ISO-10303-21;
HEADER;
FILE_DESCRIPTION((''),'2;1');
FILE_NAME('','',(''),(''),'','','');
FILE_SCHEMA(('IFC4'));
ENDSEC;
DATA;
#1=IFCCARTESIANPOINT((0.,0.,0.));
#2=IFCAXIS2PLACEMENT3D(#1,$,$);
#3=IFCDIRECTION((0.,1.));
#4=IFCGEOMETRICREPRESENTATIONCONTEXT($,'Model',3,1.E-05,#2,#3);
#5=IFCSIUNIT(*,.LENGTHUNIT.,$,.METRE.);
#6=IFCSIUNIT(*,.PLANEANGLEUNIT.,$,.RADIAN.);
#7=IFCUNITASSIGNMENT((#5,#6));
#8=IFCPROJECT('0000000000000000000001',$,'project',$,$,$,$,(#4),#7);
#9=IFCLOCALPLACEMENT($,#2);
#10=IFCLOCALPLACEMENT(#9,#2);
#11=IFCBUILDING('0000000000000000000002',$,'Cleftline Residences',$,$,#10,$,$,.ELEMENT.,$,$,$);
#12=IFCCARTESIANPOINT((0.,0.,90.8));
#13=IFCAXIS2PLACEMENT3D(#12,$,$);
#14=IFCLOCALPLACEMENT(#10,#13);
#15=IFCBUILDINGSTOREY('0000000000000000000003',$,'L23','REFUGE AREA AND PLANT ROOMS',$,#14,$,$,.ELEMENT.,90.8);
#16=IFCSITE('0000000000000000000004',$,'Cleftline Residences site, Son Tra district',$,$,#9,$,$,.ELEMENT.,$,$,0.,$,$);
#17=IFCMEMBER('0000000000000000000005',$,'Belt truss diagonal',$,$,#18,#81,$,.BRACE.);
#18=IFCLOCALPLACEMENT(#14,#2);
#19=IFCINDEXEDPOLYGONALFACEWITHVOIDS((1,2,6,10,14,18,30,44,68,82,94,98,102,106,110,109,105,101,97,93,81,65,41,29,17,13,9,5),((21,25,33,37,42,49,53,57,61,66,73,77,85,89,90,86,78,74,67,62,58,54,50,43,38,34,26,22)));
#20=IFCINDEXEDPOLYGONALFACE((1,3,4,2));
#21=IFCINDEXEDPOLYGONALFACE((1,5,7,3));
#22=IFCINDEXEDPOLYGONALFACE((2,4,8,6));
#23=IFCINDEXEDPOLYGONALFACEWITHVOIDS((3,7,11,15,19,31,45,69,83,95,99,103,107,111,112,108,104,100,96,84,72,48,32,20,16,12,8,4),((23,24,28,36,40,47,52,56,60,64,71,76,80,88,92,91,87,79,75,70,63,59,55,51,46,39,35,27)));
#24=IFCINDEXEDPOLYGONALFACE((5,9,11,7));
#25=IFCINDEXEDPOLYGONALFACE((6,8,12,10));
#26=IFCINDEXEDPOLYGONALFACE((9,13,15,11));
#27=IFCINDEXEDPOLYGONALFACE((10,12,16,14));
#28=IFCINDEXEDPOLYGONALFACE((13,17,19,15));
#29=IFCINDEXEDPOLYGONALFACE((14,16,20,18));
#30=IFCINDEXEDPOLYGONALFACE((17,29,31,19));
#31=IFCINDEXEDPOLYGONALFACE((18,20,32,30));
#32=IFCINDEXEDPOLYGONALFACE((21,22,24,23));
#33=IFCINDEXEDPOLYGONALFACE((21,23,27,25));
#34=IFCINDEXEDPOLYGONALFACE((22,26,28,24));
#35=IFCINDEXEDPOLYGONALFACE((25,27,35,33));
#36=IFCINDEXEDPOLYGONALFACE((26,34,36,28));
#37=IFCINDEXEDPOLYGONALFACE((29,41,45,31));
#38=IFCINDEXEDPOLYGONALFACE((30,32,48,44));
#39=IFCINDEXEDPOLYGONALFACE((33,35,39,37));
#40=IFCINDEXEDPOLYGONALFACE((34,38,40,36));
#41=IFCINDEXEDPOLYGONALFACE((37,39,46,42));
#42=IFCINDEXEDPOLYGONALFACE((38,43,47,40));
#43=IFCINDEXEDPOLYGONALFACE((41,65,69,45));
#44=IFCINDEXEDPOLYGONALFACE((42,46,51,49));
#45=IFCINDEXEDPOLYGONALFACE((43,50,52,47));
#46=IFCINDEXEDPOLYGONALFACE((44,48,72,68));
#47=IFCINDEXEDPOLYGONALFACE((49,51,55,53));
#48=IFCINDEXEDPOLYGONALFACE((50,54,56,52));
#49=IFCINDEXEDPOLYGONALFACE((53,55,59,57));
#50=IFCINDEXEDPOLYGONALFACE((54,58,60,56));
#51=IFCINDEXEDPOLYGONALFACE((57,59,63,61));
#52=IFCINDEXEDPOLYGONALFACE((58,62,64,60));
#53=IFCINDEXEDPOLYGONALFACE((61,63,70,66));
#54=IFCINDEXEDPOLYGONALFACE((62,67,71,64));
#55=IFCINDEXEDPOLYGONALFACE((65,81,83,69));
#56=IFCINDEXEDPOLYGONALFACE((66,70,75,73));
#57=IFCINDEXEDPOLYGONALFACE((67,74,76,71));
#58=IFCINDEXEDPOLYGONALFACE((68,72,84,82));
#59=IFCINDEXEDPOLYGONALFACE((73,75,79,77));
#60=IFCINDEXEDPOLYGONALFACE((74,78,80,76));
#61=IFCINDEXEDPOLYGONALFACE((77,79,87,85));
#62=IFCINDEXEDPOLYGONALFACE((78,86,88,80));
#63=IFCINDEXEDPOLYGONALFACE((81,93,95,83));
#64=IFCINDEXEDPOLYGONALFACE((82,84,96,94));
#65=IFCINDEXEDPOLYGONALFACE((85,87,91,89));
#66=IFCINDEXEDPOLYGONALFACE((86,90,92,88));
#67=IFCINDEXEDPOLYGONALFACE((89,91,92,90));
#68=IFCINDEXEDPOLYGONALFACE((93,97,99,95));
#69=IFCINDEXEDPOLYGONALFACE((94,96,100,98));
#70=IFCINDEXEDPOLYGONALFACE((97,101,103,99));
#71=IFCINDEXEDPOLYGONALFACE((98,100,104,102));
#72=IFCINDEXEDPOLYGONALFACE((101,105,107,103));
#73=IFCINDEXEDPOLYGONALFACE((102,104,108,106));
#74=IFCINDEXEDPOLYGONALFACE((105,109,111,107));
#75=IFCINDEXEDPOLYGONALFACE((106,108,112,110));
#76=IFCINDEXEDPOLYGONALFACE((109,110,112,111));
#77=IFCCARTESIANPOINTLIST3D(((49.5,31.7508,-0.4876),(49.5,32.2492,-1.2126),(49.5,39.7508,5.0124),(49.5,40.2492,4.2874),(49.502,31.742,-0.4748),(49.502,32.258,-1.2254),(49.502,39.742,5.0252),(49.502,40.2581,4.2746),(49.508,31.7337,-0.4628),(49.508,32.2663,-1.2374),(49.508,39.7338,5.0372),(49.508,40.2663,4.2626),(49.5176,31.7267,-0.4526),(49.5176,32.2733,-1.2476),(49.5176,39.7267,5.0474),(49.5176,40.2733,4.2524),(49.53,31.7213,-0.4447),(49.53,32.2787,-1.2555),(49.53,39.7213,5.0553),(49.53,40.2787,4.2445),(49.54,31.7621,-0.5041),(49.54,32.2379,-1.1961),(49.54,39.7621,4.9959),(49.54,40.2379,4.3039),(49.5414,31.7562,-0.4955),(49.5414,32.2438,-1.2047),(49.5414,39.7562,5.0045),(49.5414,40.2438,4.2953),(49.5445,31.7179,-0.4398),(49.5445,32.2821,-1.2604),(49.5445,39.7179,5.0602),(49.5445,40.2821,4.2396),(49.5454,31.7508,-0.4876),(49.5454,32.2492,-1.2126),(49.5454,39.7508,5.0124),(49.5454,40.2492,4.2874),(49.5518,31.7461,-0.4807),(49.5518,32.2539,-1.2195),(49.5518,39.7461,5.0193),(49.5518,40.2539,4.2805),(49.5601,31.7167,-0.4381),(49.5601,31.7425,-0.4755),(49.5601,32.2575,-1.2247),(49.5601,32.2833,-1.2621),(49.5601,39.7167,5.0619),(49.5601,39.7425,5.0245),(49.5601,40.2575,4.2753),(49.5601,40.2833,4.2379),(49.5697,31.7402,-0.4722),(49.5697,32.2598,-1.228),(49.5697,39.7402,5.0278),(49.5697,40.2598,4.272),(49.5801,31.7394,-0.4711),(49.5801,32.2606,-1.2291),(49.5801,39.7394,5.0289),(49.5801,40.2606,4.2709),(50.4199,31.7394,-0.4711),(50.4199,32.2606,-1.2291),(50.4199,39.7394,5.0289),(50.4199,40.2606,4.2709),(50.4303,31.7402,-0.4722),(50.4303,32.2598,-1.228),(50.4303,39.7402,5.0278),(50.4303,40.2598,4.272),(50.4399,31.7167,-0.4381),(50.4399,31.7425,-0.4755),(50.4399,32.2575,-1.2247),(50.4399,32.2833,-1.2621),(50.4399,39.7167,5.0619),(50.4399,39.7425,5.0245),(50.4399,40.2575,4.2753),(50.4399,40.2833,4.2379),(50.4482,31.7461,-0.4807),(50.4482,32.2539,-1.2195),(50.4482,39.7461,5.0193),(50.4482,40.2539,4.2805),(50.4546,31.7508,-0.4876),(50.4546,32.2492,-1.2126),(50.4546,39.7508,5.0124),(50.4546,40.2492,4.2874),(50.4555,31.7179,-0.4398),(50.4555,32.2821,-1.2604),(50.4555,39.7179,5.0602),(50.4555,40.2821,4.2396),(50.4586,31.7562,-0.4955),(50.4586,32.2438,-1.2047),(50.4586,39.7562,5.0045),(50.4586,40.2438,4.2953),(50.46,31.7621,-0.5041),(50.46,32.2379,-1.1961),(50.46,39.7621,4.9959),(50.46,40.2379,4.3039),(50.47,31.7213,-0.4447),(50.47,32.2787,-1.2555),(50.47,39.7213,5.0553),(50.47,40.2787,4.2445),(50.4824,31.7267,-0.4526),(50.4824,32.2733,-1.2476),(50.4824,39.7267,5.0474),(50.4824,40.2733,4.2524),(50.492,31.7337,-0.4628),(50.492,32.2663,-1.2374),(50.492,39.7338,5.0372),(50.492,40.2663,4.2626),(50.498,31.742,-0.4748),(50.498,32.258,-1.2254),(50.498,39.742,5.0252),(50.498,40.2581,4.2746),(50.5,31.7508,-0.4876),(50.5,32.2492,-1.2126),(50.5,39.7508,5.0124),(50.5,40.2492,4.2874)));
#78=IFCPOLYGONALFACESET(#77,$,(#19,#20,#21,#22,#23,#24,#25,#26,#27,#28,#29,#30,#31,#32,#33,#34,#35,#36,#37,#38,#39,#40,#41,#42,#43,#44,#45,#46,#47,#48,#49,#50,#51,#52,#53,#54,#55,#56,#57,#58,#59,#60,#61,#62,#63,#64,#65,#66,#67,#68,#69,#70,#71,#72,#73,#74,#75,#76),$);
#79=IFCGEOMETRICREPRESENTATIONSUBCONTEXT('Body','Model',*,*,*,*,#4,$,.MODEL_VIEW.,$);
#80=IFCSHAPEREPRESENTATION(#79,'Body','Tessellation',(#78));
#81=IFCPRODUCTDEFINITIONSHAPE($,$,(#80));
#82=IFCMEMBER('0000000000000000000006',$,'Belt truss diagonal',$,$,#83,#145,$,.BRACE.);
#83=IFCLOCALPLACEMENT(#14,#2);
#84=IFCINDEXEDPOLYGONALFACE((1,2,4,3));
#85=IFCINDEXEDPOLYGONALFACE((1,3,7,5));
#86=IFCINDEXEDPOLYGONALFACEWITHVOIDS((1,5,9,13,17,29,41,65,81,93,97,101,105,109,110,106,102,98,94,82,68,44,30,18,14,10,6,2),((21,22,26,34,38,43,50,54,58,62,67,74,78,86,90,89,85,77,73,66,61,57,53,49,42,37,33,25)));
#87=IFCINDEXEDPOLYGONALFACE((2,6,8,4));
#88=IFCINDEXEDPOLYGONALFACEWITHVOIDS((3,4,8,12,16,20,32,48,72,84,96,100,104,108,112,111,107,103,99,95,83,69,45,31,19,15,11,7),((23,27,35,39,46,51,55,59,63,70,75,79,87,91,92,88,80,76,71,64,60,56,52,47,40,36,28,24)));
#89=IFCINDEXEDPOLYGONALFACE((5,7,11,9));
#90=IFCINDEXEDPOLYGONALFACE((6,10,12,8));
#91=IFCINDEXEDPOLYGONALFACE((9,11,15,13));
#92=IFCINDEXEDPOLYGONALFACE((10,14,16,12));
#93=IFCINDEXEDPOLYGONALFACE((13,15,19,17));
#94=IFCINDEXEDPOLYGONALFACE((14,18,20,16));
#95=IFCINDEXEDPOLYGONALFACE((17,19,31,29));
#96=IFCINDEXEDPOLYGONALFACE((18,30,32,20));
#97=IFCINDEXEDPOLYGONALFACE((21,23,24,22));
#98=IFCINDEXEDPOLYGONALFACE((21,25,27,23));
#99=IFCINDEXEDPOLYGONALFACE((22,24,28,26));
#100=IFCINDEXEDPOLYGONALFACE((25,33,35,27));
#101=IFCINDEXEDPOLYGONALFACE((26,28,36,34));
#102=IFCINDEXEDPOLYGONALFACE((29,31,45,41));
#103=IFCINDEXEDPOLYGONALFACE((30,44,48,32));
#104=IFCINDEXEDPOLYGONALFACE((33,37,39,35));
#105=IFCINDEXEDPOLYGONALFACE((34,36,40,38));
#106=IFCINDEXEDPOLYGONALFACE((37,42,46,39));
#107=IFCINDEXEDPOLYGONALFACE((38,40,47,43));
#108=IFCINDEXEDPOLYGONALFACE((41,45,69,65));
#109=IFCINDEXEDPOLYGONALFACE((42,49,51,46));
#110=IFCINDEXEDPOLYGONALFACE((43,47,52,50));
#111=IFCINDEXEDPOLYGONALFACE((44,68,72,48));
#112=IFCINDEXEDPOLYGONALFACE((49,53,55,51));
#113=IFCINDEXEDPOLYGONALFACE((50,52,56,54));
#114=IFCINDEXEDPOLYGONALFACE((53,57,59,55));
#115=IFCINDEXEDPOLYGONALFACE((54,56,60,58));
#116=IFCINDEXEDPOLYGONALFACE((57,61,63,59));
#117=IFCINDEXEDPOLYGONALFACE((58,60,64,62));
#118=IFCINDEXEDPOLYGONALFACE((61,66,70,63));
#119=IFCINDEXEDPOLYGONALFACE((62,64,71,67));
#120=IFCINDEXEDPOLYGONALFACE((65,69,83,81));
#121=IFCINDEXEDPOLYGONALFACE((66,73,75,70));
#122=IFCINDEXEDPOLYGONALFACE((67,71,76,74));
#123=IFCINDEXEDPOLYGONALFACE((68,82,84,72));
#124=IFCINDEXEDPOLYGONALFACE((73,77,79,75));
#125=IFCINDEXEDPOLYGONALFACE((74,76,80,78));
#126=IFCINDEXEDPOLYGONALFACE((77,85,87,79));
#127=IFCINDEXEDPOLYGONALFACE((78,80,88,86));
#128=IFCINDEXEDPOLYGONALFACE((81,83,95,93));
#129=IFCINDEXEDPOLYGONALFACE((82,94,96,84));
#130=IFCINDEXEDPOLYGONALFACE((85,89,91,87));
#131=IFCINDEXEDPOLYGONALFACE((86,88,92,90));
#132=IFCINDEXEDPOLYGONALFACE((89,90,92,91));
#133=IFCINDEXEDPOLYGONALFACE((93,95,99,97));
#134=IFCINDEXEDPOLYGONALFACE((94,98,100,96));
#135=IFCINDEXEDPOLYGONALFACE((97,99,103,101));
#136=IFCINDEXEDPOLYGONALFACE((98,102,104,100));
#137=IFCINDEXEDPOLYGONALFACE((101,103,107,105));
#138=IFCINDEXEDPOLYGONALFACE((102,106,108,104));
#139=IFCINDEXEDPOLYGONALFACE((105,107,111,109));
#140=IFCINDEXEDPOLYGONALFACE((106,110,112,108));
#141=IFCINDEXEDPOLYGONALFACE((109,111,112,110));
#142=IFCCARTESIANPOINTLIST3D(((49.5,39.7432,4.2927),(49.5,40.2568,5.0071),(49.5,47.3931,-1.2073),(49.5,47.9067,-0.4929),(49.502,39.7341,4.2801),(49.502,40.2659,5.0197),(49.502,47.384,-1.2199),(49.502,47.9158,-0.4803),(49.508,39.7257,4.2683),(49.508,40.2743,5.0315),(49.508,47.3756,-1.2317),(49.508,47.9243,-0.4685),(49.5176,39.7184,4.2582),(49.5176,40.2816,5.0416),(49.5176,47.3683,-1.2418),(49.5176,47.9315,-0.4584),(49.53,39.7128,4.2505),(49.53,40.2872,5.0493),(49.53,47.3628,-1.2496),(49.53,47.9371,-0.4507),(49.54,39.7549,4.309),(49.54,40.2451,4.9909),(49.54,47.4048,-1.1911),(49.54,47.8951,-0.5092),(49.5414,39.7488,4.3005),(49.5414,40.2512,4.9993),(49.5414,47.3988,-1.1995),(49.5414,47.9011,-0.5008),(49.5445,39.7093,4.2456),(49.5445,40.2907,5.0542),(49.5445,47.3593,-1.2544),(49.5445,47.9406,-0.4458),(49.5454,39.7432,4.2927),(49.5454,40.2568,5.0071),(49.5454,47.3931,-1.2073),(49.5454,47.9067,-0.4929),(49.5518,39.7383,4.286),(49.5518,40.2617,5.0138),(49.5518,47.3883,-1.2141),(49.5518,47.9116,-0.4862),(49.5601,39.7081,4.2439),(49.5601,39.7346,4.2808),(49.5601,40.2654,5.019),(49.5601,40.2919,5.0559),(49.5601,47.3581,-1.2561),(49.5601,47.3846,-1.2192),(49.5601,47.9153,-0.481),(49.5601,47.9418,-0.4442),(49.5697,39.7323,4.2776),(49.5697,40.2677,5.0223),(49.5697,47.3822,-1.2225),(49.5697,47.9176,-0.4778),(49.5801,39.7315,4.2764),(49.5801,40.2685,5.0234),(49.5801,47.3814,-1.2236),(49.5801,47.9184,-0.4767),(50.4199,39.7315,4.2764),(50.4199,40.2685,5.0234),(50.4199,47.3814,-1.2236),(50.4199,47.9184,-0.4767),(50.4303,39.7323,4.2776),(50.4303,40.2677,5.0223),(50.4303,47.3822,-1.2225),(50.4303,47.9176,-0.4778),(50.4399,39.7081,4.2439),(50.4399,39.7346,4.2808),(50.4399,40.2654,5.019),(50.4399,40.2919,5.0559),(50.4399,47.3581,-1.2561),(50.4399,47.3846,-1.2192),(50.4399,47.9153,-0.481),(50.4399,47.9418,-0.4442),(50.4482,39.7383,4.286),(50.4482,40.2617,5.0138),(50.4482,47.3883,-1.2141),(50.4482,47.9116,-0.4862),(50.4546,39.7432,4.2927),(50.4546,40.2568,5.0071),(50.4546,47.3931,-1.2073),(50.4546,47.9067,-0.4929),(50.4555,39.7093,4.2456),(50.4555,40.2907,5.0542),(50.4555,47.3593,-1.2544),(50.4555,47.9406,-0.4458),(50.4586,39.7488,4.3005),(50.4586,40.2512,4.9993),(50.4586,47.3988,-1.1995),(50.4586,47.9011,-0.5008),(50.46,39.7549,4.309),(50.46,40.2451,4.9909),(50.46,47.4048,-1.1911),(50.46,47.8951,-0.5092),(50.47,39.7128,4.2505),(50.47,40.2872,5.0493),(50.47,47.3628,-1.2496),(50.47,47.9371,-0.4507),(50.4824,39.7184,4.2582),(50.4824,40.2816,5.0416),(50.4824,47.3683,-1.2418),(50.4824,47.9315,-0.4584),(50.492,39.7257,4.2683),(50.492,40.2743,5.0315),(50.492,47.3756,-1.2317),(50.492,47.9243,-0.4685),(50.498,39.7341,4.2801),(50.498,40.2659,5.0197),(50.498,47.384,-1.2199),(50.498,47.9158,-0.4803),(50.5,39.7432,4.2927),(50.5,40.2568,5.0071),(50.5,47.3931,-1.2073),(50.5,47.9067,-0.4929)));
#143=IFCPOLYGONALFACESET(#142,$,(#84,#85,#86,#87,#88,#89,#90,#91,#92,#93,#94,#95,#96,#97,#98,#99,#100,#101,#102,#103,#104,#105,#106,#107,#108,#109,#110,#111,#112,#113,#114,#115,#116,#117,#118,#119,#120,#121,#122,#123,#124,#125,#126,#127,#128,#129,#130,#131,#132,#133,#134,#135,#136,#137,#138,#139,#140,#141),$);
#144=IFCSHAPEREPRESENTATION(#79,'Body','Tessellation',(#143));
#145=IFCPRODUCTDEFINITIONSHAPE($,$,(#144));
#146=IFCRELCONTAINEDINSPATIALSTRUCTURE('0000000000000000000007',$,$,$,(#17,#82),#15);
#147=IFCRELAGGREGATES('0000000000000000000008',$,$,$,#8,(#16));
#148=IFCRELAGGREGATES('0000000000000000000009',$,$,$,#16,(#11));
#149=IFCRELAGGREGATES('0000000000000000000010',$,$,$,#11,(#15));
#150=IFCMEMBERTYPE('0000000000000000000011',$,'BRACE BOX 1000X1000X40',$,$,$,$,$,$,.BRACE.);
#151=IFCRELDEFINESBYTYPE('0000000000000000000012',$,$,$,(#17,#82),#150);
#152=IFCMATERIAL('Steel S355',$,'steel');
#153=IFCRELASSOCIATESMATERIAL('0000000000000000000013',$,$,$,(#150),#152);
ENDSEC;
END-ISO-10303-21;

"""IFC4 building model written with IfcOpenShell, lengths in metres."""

from ifc_helpers import new_model, si_unit, direction, frame, origin, origin_2d, place, context, subcontext, project, spatial, hollow_rectangle, extrude, material, material_profile, profile_set, type_object, element, save


model = new_model("IFC4")

# Units and contexts
model_context = context("Model", 3, precision=1e-05, world=origin(), true_north=direction((0.0, 1.0)))
body_context = subcontext(model_context, "Body", "Model", "MODEL_VIEW")
ifc_project = project(units=[si_unit("LENGTHUNIT", "METRE"), si_unit("PLANEANGLEUNIT", "RADIAN")], contexts=[model_context])

# Site, building, storey
site_placement = place(None, origin())
site = spatial("IfcSite", under=ifc_project, at=site_placement, Name="Cleftline Residences site, Son Tra district", CompositionType="ELEMENT", RefElevation=0.0)
building_placement = place(site_placement, origin())
building = spatial("IfcBuilding", under=site, at=building_placement, Name="Cleftline Residences", CompositionType="ELEMENT")
storey_placement = place(building_placement, frame((0.0, 0.0, 90.8)))
storey = spatial("IfcBuildingStorey", under=building, at=storey_placement, Name="L23", Description="REFUGE AREA AND PLANT ROOMS", CompositionType="ELEMENT", Elevation=90.8)

# Members
ifc_material_1 = material(Name="Steel S355", Category="steel")
ifc_material_profile_1 = material_profile(ifc_material_1, hollow_rectangle(XDim=1.0, YDim=1.0, WallThickness=0.04, InnerFilletRadius=0.04, OuterFilletRadius=0.0601, at=origin_2d()))
ifc_profile_set_1 = profile_set([ifc_material_profile_1], Name="Steel S355")
member_type_1 = type_object("IfcMemberType", Name="BRACE BOX 1000X1000X40", PredefinedType="BRACE", material=ifc_profile_set_1)
member_1_placement = place(storey_placement, frame((50.0, 32.0, -0.8501), z_axis=(0.0, 0.824042, 0.566529), x_axis=(0.0, -0.566529, 0.824042)))
element("IfcMember", 1, at=member_1_placement, inside=storey, type_object=member_type_1, Name="Belt truss diagonal", PredefinedType="BRACE", context=body_context, shape_type="SweptSolid", body=[
    extrude(hollow_rectangle(XDim=1.0, YDim=1.0, WallThickness=0.04, InnerFilletRadius=0.04, OuterFilletRadius=0.0601, at=origin_2d()), origin(), (0.0, 0.0, 1.0), 9.7083),
])
for number, where, z_axis, x_axis, name in (
    (2, (50.0, 40.0, 4.6499), (0.0, 0.811933, -0.58375), (0.0, 0.58375, 0.811933), "Belt truss diagonal"),
):
    element("IfcMember", number, at=place(storey_placement, frame(where, z_axis=z_axis, x_axis=x_axis)), inside=storey, type_object=member_type_1, Name=name, PredefinedType="BRACE", context=body_context, shape_type="SweptSolid", body=[
        extrude(hollow_rectangle(XDim=1.0, YDim=1.0, WallThickness=0.04, InnerFilletRadius=0.04, OuterFilletRadius=0.0601, at=origin_2d()), origin(), (0.0, 0.0, 1.0), 9.4219),
    ])

save(model, "model.ifc")
